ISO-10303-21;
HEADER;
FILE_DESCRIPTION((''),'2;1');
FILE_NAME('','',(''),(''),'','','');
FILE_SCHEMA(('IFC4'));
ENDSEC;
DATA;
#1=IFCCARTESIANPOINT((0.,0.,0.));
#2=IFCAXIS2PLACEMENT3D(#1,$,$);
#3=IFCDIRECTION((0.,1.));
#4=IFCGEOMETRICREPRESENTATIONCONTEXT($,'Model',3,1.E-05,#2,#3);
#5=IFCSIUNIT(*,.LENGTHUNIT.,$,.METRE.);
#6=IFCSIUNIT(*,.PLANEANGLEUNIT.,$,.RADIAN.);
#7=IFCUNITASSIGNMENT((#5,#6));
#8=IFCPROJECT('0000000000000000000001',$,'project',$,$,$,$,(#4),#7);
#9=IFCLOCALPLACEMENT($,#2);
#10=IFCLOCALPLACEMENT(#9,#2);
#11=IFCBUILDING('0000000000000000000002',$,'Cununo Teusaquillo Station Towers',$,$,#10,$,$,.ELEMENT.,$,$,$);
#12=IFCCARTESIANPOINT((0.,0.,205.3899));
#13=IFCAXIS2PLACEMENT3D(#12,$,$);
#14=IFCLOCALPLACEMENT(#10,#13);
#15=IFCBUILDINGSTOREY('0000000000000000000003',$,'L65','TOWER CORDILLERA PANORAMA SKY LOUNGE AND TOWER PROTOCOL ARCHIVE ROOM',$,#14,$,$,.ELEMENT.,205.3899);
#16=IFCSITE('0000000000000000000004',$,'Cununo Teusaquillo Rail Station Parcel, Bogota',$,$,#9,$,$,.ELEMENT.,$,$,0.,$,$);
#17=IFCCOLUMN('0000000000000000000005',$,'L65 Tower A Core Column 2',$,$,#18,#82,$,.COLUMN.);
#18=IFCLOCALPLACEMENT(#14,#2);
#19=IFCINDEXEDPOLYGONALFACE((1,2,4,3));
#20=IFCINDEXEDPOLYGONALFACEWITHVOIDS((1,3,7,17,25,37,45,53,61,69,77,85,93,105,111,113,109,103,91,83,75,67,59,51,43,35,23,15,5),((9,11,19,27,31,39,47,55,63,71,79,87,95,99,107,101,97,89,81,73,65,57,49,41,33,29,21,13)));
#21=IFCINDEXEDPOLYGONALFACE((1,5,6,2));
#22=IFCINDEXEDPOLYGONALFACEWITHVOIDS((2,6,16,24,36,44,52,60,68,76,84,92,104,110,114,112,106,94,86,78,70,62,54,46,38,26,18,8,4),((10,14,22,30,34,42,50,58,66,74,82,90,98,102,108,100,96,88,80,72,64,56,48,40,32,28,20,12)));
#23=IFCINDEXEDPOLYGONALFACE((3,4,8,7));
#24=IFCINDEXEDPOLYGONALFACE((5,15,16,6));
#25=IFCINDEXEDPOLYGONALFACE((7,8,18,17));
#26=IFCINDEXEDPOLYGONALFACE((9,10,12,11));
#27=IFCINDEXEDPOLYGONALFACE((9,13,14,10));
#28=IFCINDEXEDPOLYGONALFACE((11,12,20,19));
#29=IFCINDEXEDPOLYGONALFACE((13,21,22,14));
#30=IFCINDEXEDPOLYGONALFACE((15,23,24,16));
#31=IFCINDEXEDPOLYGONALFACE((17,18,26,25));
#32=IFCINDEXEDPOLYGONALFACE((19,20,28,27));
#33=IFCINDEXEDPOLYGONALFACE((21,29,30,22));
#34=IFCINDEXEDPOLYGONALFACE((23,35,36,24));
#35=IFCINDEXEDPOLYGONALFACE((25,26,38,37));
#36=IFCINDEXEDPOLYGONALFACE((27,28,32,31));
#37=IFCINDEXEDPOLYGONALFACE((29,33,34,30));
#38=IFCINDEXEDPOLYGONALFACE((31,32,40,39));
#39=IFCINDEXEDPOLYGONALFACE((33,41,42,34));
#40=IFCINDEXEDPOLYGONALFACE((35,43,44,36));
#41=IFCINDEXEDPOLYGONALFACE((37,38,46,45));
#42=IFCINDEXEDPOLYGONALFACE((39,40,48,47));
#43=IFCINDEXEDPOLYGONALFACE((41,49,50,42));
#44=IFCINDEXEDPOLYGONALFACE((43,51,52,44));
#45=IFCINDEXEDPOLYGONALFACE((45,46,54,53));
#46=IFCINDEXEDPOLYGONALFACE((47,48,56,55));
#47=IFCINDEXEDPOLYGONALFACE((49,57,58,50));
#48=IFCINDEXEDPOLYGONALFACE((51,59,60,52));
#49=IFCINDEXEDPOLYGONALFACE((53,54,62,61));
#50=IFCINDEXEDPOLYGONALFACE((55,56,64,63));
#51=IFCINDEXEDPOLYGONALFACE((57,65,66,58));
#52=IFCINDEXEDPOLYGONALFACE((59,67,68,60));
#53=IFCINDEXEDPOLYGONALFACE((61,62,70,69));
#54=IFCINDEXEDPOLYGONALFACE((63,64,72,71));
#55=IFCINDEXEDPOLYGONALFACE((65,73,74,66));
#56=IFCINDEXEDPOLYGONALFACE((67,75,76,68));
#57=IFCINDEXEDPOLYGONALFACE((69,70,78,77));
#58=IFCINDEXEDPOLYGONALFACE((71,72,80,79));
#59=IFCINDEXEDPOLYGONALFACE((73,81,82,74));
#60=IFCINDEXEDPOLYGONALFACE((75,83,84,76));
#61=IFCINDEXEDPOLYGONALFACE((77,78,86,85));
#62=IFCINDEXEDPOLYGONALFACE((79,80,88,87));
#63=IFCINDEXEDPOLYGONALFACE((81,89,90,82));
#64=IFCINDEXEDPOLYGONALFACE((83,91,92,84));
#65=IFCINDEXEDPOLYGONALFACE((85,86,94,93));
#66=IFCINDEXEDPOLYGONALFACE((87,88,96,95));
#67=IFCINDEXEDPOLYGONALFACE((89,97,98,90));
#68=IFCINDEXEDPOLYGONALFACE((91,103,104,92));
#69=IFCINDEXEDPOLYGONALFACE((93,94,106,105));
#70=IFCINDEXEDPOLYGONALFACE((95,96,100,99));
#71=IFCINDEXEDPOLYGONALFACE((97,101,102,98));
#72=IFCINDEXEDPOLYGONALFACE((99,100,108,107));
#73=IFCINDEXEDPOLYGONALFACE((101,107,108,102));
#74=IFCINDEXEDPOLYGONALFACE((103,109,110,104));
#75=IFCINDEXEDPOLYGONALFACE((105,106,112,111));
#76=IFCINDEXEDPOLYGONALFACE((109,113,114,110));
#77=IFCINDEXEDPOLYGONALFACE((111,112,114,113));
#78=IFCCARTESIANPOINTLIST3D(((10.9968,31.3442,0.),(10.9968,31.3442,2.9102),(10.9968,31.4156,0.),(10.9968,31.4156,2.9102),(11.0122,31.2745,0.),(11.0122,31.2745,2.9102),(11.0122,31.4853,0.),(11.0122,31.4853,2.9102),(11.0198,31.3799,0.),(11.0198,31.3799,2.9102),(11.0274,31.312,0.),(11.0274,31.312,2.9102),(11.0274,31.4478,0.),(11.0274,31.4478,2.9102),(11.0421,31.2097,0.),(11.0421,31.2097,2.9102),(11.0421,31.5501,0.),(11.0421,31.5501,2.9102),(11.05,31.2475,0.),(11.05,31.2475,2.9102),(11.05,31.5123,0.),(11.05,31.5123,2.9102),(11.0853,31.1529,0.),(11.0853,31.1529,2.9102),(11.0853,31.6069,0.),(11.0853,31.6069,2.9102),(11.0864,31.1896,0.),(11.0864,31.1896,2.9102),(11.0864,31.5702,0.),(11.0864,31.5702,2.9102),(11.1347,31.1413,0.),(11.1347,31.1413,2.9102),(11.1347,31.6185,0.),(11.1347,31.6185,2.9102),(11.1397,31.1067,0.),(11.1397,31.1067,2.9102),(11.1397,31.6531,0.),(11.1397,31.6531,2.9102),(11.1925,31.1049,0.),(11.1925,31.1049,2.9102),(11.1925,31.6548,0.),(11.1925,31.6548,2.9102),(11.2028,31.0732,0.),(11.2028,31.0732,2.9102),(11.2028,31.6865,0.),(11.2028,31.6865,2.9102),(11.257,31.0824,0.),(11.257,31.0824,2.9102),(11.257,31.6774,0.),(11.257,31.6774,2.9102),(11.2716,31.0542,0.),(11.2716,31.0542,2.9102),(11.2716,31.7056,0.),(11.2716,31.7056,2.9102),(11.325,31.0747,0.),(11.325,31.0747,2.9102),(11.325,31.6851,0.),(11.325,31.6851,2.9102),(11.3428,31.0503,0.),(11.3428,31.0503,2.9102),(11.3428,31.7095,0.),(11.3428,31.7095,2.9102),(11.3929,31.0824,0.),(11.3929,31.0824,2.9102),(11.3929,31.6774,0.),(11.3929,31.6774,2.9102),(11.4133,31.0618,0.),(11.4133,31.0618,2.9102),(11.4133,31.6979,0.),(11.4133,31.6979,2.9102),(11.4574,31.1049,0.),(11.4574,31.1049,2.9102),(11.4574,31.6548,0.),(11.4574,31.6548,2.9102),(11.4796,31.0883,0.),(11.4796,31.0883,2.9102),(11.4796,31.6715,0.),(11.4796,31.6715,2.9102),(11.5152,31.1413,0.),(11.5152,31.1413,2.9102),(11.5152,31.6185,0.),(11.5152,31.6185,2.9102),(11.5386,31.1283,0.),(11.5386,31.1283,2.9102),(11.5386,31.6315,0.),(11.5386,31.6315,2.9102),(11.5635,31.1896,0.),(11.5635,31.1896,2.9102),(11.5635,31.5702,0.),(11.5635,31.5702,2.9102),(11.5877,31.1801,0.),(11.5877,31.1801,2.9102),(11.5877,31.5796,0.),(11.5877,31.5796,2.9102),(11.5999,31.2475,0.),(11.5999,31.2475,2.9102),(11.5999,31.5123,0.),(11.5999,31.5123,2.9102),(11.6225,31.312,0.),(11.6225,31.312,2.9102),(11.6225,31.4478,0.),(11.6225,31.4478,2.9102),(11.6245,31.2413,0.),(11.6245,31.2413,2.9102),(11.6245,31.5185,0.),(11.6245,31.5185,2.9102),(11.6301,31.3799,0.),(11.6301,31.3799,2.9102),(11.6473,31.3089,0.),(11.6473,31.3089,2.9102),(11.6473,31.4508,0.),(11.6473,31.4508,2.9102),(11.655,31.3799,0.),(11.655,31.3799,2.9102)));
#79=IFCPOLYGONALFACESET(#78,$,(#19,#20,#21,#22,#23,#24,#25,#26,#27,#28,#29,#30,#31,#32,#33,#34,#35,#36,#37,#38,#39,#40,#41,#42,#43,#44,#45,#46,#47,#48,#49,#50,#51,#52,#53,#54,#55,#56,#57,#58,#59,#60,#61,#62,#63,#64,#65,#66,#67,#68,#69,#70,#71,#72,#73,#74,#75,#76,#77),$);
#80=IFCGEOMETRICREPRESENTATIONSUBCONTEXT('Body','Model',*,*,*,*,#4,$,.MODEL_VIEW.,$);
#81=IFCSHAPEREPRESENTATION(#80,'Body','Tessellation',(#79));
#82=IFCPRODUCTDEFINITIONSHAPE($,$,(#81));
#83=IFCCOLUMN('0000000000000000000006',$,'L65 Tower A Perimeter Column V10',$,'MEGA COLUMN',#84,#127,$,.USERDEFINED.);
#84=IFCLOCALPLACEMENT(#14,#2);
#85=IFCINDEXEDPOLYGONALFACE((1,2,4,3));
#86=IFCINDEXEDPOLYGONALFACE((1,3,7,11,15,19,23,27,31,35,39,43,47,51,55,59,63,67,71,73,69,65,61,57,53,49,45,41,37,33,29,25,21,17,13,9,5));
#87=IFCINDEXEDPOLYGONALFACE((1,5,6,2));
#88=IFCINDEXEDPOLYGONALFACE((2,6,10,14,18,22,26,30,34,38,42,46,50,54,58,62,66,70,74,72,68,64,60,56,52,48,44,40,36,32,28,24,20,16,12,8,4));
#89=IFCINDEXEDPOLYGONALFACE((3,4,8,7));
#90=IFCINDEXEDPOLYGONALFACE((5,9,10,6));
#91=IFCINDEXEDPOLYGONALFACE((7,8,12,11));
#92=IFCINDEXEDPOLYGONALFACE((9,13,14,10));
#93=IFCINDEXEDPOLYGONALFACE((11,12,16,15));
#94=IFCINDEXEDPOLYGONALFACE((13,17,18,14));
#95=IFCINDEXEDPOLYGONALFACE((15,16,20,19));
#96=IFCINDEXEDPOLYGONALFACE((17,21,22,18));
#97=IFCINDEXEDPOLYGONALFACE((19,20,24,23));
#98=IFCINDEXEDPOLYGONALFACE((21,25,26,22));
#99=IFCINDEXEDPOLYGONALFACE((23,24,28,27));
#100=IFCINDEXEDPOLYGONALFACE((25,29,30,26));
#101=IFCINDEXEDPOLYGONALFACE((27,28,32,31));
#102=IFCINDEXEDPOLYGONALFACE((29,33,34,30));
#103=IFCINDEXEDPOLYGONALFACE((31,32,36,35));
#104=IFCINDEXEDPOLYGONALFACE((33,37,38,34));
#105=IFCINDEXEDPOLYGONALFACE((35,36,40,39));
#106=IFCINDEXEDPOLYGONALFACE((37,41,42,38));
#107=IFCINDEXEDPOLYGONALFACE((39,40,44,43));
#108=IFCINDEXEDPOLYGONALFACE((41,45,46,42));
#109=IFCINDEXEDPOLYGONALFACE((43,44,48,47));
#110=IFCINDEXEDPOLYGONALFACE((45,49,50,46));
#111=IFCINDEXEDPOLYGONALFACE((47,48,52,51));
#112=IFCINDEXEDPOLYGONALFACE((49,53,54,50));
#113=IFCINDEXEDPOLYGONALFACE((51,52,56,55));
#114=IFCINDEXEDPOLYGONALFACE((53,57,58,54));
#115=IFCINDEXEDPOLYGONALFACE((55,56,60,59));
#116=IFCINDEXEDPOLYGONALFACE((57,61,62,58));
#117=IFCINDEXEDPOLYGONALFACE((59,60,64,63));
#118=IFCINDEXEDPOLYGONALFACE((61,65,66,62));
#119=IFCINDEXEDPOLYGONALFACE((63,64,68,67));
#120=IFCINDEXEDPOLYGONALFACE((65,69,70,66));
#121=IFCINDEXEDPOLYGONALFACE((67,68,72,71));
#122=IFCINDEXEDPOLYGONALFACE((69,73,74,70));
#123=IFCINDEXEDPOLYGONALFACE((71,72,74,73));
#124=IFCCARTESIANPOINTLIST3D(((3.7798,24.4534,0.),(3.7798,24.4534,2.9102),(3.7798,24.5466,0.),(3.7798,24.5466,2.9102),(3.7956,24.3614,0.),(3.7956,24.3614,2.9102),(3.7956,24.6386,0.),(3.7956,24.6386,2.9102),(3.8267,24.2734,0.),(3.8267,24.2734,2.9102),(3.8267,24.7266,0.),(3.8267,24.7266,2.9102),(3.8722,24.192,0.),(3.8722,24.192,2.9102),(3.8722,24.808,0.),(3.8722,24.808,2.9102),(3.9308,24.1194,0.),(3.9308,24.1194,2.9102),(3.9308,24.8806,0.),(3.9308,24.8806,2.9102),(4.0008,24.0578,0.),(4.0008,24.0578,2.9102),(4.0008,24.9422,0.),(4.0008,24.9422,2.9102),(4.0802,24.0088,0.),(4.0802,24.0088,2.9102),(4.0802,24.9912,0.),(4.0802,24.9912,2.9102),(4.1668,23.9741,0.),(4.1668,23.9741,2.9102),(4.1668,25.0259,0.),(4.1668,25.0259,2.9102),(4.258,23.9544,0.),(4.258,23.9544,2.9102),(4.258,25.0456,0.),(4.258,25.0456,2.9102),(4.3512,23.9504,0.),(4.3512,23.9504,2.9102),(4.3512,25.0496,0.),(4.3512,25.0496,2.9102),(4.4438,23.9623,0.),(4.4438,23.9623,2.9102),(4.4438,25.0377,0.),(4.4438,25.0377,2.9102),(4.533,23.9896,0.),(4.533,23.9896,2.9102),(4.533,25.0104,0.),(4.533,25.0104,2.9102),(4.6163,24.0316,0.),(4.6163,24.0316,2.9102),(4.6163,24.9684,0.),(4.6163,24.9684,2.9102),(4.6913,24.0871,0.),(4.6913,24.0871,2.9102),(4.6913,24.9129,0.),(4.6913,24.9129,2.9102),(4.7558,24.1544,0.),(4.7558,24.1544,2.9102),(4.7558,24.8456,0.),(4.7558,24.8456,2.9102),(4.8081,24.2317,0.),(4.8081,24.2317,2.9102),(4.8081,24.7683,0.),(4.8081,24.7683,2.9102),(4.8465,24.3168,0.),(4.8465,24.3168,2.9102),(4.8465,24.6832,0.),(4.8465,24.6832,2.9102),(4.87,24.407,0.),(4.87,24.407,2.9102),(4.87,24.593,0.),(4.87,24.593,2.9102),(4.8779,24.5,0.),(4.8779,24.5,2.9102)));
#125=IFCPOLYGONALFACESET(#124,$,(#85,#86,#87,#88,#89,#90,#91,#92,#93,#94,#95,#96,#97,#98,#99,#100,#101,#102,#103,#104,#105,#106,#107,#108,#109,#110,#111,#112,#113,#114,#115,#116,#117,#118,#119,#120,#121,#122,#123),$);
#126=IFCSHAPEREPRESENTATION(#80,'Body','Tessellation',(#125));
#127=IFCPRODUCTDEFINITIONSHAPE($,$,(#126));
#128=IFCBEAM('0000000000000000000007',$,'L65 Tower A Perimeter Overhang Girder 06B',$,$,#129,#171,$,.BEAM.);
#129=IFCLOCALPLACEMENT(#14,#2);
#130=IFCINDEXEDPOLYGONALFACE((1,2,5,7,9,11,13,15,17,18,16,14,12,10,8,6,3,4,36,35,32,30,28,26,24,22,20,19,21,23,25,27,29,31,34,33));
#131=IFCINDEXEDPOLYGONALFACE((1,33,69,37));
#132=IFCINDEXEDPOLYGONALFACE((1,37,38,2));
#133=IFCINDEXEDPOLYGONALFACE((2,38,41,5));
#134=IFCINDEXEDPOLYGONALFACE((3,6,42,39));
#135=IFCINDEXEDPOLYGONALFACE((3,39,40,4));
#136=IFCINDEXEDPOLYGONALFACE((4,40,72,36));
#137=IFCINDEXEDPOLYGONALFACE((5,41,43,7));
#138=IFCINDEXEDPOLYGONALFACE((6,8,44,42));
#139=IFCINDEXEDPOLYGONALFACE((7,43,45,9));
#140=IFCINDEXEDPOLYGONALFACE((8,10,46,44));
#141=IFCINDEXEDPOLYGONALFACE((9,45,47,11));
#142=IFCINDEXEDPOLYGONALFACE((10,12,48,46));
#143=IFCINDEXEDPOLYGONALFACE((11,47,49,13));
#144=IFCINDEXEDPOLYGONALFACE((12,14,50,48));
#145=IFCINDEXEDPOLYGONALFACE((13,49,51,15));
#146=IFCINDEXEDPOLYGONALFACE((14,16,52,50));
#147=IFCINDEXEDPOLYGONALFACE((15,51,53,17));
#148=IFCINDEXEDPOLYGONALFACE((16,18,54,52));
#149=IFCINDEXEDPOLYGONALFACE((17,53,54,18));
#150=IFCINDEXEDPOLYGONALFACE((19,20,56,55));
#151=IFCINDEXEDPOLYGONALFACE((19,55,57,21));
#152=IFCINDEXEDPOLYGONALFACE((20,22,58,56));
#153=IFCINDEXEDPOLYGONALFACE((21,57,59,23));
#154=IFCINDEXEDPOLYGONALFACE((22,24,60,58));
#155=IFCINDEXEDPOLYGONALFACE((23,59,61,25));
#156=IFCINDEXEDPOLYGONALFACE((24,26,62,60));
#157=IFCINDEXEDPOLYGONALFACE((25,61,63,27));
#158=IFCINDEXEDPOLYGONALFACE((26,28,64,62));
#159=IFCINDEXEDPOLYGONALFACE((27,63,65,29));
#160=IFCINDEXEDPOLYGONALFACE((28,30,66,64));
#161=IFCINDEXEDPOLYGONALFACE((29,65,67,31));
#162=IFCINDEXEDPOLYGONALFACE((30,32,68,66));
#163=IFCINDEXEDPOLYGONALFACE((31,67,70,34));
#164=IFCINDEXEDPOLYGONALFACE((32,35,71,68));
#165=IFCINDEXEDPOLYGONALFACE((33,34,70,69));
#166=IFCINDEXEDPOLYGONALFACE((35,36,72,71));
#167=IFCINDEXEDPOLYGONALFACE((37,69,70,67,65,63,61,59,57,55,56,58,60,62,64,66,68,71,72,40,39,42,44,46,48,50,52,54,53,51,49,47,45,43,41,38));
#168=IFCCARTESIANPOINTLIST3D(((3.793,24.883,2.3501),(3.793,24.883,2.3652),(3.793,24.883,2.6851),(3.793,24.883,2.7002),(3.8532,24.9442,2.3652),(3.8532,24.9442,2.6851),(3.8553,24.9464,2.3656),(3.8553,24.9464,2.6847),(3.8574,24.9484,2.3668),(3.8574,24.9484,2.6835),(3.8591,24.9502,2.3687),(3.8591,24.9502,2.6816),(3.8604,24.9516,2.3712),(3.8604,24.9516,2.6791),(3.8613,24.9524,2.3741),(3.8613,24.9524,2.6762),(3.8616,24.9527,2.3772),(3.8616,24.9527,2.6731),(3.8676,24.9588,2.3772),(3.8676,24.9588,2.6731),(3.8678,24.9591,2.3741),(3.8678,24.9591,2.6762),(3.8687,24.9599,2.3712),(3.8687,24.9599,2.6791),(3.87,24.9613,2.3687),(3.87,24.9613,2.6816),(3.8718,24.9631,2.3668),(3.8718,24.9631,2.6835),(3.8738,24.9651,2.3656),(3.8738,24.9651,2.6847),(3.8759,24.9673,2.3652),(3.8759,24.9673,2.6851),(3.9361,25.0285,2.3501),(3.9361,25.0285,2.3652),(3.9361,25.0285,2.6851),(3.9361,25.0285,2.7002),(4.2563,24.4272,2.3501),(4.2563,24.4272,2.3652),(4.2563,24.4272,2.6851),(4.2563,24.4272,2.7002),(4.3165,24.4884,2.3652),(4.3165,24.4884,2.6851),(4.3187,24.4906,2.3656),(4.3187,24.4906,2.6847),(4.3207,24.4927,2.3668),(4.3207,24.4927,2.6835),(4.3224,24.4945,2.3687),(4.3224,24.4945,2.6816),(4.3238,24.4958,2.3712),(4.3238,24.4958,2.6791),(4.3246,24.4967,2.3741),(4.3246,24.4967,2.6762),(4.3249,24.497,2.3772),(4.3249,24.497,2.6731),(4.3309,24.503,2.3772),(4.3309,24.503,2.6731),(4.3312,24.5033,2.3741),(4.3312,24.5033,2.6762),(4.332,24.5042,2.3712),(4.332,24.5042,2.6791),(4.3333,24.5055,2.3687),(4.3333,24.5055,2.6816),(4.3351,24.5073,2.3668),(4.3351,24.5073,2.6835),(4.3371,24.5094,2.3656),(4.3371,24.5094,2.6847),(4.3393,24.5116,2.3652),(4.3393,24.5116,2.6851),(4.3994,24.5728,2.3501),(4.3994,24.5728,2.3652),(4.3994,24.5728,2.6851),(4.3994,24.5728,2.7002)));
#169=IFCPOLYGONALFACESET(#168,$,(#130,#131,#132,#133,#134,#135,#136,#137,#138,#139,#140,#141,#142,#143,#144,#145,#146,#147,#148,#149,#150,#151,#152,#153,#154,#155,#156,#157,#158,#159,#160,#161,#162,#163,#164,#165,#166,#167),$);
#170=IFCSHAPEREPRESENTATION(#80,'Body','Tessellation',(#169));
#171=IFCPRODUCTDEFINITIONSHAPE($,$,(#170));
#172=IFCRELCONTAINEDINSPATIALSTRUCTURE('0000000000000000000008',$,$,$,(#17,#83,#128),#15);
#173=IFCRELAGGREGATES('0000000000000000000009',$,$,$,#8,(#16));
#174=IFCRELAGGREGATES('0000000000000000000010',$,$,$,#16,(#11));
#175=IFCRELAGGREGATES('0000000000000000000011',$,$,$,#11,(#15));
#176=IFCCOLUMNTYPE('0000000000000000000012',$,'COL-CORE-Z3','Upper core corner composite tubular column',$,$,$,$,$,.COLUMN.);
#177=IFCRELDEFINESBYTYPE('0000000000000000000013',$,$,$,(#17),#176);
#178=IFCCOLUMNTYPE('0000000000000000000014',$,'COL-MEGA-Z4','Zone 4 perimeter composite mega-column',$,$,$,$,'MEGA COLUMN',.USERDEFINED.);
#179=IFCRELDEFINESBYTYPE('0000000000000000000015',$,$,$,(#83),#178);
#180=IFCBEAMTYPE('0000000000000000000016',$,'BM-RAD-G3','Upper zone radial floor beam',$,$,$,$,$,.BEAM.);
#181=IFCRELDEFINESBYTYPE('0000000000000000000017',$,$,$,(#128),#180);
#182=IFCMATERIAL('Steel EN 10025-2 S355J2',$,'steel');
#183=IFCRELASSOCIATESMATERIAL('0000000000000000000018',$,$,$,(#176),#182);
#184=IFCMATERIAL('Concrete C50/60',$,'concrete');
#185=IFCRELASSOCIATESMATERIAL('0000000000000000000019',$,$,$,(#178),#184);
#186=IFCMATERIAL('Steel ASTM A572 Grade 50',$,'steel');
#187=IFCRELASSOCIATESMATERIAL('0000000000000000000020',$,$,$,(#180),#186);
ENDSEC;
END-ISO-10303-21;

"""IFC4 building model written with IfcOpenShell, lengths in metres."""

from ifc_helpers import new_model, si_unit, direction, frame, origin, origin_2d, place, context, subcontext, project, spatial, circle, hollow_circle, i_section, extrude, material, material_profile, profile_set, type_object, element, save


model = new_model("IFC4")

# Units and contexts
model_context = context("Model", 3, precision=1e-05, world=origin(), true_north=direction((0.0, 1.0)))
body_context = subcontext(model_context, "Body", "Model", "MODEL_VIEW")
ifc_project = project(units=[si_unit("LENGTHUNIT", "METRE"), si_unit("PLANEANGLEUNIT", "RADIAN")], contexts=[model_context])

# Site, building, storey
site_placement = place(None, origin())
site = spatial("IfcSite", under=ifc_project, at=site_placement, Name="Cununo Teusaquillo Rail Station Parcel, Bogota", CompositionType="ELEMENT", RefElevation=0.0)
building_placement = place(site_placement, origin())
building = spatial("IfcBuilding", under=site, at=building_placement, Name="Cununo Teusaquillo Station Towers", CompositionType="ELEMENT")
storey_placement = place(building_placement, frame((0.0, 0.0, 205.3899)))
storey = spatial("IfcBuildingStorey", under=building, at=storey_placement, Name="L65", Description="TOWER CORDILLERA PANORAMA SKY LOUNGE AND TOWER PROTOCOL ARCHIVE ROOM", CompositionType="ELEMENT", Elevation=205.3899)

# Columns
ifc_material_1 = material(Name="Steel EN 10025-2 S355J2", Category="steel")
ifc_material_profile_1 = material_profile(ifc_material_1, hollow_circle(Radius=0.3301, WallThickness=0.0249, at=origin_2d()), Name="CHS 660x25")
ifc_profile_set_1 = profile_set([ifc_material_profile_1], Name="Steel EN 10025-2 S355J2")
column_type_1 = type_object("IfcColumnType", Name="COL-CORE-Z3", Description="Upper core corner composite tubular column", PredefinedType="COLUMN", material=ifc_profile_set_1)
column_1_placement = place(storey_placement, frame((11.325, 31.3799, 0.0), z_axis=(0.0, 0.0, 1.0), x_axis=(1.0, 0.0, 0.0)))
element("IfcColumn", 1, at=column_1_placement, inside=storey, type_object=column_type_1, Name="L65 Tower A Core Column 2", PredefinedType="COLUMN", context=body_context, shape_type="SweptSolid", body=[
    extrude(hollow_circle(Radius=0.3301, WallThickness=0.0249, at=origin_2d()), origin(), (0.0, 0.0, 1.0), 2.9102),
])
ifc_material_2 = material(Name="Concrete C50/60", Category="concrete")
ifc_material_profile_2 = material_profile(ifc_material_2, circle(Radius=0.55, at=origin_2d()), Name="RC-CIRC-1100")
ifc_profile_set_2 = profile_set([ifc_material_profile_2], Name="Concrete C50/60")
column_type_2 = type_object("IfcColumnType", Name="COL-MEGA-Z4", Description="Zone 4 perimeter composite mega-column", ElementType="MEGA COLUMN", PredefinedType="USERDEFINED", material=ifc_profile_set_2)
column_2_placement = place(storey_placement, frame((4.3279, 24.5, 0.0), z_axis=(0.0, 0.0, 1.0), x_axis=(1.0, 0.0, 0.0)))
element("IfcColumn", 2, at=column_2_placement, inside=storey, type_object=column_type_2, Name="L65 Tower A Perimeter Column V10", ObjectType="MEGA COLUMN", PredefinedType="USERDEFINED", context=body_context, shape_type="SweptSolid", body=[
    extrude(circle(Radius=0.55, at=origin_2d()), origin(), (0.0, 0.0, 1.0), 2.9102),
])

# Beam
ifc_material_3 = material(Name="Steel ASTM A572 Grade 50", Category="steel")
ifc_material_profile_3 = material_profile(ifc_material_3, i_section(OverallWidth=0.2041, OverallDepth=0.3501, WebThickness=0.0085, FlangeThickness=0.0151, FilletRadius=0.012, at=origin_2d()), Name="W14X48")
ifc_profile_set_3 = profile_set([ifc_material_profile_3], Name="Steel ASTM A572 Grade 50")
beam_type_1 = type_object("IfcBeamType", Name="BM-RAD-G3", Description="Upper zone radial floor beam", PredefinedType="BEAM", material=ifc_profile_set_3)
beam_1_placement = place(storey_placement, frame((4.3279, 24.5, 2.5251), z_axis=(-0.712905, 0.701261, 0.0), x_axis=(-0.701261, -0.712905, 0.0)))
element("IfcBeam", 3, at=beam_1_placement, inside=storey, type_object=beam_type_1, Name="L65 Tower A Perimeter Overhang Girder 06B", PredefinedType="BEAM", context=body_context, shape_type="SweptSolid", body=[
    extrude(i_section(OverallWidth=0.2041, OverallDepth=0.3501, WebThickness=0.0085, FlangeThickness=0.0151, FilletRadius=0.012, at=origin_2d()), origin(), (0.0, 0.0, 1.0), 0.6499),
])

save(model, "model.ifc")
